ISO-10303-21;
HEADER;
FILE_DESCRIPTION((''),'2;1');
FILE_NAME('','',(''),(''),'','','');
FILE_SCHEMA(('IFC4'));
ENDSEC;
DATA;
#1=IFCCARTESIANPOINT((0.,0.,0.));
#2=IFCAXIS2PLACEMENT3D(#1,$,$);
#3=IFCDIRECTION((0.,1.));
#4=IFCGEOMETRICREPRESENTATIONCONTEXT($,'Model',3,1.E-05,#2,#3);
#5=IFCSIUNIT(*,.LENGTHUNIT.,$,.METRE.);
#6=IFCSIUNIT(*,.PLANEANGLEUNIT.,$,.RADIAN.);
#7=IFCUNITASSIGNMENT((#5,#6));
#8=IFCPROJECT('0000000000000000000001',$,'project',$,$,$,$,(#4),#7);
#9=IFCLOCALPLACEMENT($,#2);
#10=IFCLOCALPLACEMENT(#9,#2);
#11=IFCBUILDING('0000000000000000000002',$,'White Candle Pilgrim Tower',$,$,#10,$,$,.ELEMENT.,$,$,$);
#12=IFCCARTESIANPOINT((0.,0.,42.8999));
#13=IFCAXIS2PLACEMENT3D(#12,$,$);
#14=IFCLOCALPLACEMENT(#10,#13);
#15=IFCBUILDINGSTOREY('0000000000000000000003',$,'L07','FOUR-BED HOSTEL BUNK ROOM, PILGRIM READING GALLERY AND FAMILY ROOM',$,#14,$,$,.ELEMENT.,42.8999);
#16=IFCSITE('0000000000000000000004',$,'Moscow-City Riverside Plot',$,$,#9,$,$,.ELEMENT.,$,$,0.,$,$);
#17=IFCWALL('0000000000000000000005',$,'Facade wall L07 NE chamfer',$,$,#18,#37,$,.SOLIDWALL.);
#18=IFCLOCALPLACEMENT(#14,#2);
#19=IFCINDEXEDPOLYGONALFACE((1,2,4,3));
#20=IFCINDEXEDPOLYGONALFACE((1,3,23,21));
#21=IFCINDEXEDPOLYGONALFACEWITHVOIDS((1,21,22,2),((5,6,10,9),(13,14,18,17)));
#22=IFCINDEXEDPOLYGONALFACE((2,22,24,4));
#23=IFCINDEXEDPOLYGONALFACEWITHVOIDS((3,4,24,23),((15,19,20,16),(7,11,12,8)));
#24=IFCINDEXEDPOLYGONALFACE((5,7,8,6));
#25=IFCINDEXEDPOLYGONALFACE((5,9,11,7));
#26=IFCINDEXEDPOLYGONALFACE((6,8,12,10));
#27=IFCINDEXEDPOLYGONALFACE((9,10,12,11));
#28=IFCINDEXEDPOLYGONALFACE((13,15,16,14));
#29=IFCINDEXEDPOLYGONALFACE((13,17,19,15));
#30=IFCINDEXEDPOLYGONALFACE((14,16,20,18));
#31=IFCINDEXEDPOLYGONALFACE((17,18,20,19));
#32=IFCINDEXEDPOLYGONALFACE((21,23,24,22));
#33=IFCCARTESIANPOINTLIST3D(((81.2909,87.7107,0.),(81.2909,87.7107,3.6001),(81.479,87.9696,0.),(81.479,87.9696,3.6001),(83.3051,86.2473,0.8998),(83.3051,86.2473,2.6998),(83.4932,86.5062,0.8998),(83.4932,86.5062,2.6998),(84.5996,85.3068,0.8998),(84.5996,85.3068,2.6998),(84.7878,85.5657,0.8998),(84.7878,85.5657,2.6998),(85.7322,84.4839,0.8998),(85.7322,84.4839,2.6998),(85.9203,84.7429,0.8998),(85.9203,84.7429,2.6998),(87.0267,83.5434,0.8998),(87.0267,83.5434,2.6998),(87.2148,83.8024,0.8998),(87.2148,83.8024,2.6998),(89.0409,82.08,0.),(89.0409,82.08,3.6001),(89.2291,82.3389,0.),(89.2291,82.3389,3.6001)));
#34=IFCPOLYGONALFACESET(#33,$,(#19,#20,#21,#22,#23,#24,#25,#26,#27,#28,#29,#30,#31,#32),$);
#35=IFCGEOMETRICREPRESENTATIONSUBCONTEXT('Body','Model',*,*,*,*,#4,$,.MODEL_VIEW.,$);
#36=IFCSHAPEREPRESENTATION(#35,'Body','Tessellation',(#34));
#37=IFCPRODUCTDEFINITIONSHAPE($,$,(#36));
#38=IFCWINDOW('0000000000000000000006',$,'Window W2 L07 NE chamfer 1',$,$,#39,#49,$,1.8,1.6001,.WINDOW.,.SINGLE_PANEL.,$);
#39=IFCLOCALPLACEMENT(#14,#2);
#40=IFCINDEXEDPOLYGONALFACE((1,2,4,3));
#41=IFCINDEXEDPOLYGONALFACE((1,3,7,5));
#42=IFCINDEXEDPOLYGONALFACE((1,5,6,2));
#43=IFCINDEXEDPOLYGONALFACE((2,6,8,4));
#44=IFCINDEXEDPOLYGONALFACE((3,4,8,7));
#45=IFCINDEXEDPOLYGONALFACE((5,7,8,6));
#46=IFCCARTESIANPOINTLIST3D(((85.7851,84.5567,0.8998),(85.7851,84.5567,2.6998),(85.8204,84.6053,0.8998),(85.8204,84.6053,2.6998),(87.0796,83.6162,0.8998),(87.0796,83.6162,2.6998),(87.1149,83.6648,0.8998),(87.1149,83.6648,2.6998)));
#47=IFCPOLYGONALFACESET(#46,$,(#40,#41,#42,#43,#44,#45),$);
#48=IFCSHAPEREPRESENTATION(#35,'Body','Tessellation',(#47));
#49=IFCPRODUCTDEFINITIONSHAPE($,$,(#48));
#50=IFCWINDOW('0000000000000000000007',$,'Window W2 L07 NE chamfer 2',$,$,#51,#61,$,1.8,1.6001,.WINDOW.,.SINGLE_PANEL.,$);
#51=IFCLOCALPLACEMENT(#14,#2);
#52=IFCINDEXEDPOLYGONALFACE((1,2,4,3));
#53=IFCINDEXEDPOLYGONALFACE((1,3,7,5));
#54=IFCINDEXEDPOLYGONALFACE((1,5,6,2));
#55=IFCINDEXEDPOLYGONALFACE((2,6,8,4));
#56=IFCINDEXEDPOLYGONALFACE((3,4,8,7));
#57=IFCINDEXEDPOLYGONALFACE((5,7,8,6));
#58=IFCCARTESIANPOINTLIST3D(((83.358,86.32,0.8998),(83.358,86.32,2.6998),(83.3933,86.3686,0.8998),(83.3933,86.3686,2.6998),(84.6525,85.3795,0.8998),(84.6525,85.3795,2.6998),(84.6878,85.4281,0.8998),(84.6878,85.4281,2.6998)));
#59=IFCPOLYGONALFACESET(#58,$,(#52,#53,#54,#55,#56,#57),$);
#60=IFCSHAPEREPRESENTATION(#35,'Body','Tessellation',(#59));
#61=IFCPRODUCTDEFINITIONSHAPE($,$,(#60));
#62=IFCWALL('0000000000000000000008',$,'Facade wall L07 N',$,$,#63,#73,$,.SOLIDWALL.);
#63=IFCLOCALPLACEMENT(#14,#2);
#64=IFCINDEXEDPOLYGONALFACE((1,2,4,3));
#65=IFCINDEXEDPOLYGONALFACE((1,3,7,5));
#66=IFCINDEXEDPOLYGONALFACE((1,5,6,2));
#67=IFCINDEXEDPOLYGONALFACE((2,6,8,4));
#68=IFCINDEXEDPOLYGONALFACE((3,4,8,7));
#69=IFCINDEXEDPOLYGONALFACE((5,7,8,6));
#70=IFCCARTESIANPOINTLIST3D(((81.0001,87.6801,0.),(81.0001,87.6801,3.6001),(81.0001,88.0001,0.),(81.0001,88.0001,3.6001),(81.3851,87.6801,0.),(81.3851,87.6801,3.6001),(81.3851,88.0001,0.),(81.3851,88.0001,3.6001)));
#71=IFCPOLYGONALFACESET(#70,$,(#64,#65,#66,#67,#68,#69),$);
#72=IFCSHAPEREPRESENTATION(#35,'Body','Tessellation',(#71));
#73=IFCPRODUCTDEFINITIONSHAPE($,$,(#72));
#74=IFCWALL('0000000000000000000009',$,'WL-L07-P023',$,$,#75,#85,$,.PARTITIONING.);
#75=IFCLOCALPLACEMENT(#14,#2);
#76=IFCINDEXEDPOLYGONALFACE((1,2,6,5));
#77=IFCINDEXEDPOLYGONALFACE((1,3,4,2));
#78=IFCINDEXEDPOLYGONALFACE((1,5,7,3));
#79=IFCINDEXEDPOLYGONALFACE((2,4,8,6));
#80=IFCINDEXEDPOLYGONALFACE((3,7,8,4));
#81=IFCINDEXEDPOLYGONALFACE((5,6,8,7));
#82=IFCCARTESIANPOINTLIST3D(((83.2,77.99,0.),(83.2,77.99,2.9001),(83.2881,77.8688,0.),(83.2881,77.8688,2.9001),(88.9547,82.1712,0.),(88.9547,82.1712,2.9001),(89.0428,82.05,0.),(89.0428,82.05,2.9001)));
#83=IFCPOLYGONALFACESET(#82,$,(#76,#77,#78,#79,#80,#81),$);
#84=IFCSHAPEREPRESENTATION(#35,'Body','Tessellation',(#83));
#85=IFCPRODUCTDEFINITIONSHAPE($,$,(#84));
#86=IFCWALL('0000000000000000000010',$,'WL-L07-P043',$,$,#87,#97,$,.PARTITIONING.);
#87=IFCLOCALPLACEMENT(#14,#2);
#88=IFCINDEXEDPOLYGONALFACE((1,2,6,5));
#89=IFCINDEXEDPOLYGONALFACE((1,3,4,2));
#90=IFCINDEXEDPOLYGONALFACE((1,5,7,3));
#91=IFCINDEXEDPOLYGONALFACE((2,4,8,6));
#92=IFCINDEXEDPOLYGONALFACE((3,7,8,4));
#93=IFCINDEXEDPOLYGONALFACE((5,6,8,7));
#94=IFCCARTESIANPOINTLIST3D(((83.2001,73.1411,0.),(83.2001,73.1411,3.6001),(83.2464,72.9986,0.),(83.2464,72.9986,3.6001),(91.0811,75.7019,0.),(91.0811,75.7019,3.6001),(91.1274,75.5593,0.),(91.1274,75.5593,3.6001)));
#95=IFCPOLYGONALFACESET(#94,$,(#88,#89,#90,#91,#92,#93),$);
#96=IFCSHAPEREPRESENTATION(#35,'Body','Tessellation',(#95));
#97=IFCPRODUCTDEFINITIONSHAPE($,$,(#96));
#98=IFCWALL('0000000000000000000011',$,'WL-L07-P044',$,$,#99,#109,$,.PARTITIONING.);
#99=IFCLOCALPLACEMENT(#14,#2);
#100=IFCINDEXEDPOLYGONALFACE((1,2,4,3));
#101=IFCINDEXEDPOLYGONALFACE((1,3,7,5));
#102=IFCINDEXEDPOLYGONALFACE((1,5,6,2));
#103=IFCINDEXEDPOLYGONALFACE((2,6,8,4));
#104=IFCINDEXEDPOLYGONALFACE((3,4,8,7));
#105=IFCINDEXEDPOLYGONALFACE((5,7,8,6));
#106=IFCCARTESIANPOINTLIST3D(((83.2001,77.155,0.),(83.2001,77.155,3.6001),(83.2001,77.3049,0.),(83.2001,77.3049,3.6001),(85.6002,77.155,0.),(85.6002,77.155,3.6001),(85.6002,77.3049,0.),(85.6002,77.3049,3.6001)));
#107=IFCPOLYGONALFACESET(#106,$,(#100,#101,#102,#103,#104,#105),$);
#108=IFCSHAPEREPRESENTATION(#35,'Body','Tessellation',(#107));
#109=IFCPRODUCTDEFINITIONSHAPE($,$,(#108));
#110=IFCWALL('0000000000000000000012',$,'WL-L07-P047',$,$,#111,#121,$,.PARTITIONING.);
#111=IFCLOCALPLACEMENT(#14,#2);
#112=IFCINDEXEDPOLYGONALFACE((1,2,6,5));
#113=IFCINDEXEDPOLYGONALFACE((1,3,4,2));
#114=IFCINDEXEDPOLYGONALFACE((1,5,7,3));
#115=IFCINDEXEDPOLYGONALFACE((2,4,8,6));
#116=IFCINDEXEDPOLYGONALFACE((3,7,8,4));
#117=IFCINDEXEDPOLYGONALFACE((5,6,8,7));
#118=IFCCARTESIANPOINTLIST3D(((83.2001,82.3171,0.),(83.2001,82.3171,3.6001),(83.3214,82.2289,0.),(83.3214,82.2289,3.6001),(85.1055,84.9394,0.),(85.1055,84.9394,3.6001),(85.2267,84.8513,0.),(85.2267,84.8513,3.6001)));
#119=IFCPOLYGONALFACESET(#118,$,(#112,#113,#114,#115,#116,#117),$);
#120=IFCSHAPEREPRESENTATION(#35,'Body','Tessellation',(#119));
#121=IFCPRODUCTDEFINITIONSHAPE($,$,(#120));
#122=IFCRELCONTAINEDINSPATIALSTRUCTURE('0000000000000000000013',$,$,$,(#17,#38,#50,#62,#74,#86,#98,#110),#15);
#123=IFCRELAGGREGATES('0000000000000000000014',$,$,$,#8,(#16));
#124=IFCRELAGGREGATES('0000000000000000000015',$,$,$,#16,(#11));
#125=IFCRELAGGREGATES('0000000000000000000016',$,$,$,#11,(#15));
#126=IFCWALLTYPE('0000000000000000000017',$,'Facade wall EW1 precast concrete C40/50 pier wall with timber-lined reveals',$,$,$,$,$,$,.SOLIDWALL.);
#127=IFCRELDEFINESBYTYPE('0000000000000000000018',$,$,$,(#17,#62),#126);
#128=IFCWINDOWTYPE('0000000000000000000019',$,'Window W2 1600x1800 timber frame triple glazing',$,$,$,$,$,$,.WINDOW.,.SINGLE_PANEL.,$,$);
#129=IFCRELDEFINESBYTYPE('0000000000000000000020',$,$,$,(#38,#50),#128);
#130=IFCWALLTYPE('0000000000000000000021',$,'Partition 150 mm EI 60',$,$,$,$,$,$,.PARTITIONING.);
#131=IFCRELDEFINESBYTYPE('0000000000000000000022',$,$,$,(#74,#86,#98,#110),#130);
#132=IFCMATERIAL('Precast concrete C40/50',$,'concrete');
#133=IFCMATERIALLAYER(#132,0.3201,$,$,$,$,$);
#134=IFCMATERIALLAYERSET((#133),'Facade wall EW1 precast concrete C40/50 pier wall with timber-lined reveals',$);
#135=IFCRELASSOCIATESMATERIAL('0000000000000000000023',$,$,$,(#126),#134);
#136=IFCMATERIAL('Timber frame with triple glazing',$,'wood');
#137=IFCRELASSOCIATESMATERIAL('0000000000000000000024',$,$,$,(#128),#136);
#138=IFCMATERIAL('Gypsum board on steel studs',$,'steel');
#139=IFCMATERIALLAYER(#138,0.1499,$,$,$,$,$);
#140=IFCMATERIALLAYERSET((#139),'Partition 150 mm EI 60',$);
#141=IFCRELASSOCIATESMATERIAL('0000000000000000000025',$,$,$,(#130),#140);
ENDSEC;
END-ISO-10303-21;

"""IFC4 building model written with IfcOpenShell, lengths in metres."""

from ifc_helpers import new_model, si_unit, direction, frame, frame_2d, origin, place, context, subcontext, project, spatial, rectangle, extrude, material, layer, layer_set, type_object, element, fill, save


model = new_model("IFC4")

# Units and contexts
model_context = context("Model", 3, precision=1e-05, world=origin(), true_north=direction((0.0, 1.0)))
body_context = subcontext(model_context, "Body", "Model", "MODEL_VIEW")
ifc_project = project(units=[si_unit("LENGTHUNIT", "METRE"), si_unit("PLANEANGLEUNIT", "RADIAN")], contexts=[model_context])

# Site, building, storey
site_placement = place(None, origin())
site = spatial("IfcSite", under=ifc_project, at=site_placement, Name="Moscow-City Riverside Plot", CompositionType="ELEMENT", RefElevation=0.0)
building_placement = place(site_placement, origin())
building = spatial("IfcBuilding", under=site, at=building_placement, Name="White Candle Pilgrim Tower", CompositionType="ELEMENT")
storey_placement = place(building_placement, frame((0.0, 0.0, 42.8999)))
storey = spatial("IfcBuildingStorey", under=building, at=storey_placement, Name="L07", Description="FOUR-BED HOSTEL BUNK ROOM, PILGRIM READING GALLERY AND FAMILY ROOM", CompositionType="ELEMENT", Elevation=42.8999)

# Shared definitions
ifc_material_1 = material(Name="Gypsum board on steel studs", Category="steel")

# Wall, openings, windows
ifc_material_2 = material(Name="Precast concrete C40/50", Category="concrete")
ifc_layer_1 = layer(ifc_material_2, 0.3201)
ifc_layer_set_1 = layer_set([ifc_layer_1], Name="Facade wall EW1 precast concrete C40/50 pier wall with timber-lined reveals")
wall_type_1 = type_object("IfcWallType", Name="Facade wall EW1 precast concrete C40/50 pier wall with timber-lined reveals", PredefinedType="SOLIDWALL", material=ifc_layer_set_1)
wall_1_placement = place(storey_placement, frame((89.135, 82.2095, 0.0), z_axis=(0.0, 0.0, 1.0), x_axis=(-0.809021, 0.587779, 0.0)))
wall_1 = element("IfcWall", 1, at=wall_1_placement, inside=storey, type_object=wall_type_1, Name="Facade wall L07 NE chamfer", PredefinedType="SOLIDWALL", context=body_context, shape_type="SweptSolid", body=[
    extrude(rectangle(XDim=9.5796, YDim=0.3201, at=frame_2d((4.7898, 0.0))), origin(), (0.0, 0.0, 1.0), 3.6001),
])
opening_1_placement = place(wall_1_placement, frame((2.4897, 0.0, 0.8999)))
opening_1 = element("IfcOpeningElement", 2, at=opening_1_placement, cuts=wall_1, PredefinedType="OPENING", context=body_context, shape_type="SweptSolid", body=[
    extrude(rectangle(XDim=1.6001, YDim=1.8, at=frame_2d((0.8, 0.8999))), frame((0.0, 0.1699, 0.0), z_axis=(0.0, -1.0, 0.0), x_axis=(1.0, 0.0, 0.0)), (0.0, 0.0, 1.0), 0.3401),
])
opening_2_placement = place(wall_1_placement, frame((5.4897, 0.0, 0.8999)))
opening_2 = element("IfcOpeningElement", 3, at=opening_2_placement, cuts=wall_1, PredefinedType="OPENING", context=body_context, shape_type="SweptSolid", body=[
    extrude(rectangle(XDim=1.6001, YDim=1.8, at=frame_2d((0.8, 0.8999))), frame((0.0, 0.1699, 0.0), z_axis=(0.0, -1.0, 0.0), x_axis=(1.0, 0.0, 0.0)), (0.0, 0.0, 1.0), 0.3401),
])
ifc_material_3 = material(Name="Timber frame with triple glazing", Category="wood")
window_type = type_object("IfcWindowType", Name="Window W2 1600x1800 timber frame triple glazing", PartitioningType="SINGLE_PANEL", PredefinedType="WINDOW", material=ifc_material_3)
window_1_placement = place(opening_1_placement, origin())
window_1 = element("IfcWindow", 4, at=window_1_placement, inside=storey, type_object=window_type, Name="Window W2 L07 NE chamfer 1", OverallHeight=1.8, OverallWidth=1.6001, PartitioningType="SINGLE_PANEL", PredefinedType="WINDOW", context=body_context, shape_type="SweptSolid", body=[
    extrude(rectangle(XDim=1.6001, YDim=1.8, at=frame_2d((0.8, 0.8999))), frame((0.0, 0.0701, 0.0), z_axis=(0.0, -1.0, 0.0), x_axis=(1.0, 0.0, 0.0)), (0.0, 0.0, 1.0), 0.0601),
])
fill(opening_1, window_1)
window_2_placement = place(opening_2_placement, origin())
window_2 = element("IfcWindow", 5, at=window_2_placement, inside=storey, type_object=window_type, Name="Window W2 L07 NE chamfer 2", OverallHeight=1.8, OverallWidth=1.6001, PartitioningType="SINGLE_PANEL", PredefinedType="WINDOW", context=body_context, shape_type="SweptSolid", body=[
    extrude(rectangle(XDim=1.6001, YDim=1.8, at=frame_2d((0.8, 0.8999))), frame((0.0, 0.0701, 0.0), z_axis=(0.0, -1.0, 0.0), x_axis=(1.0, 0.0, 0.0)), (0.0, 0.0, 1.0), 0.0601),
])
fill(opening_2, window_2)

# Walls
wall_2_placement = place(storey_placement, frame((81.385, 87.8401, 0.0), z_axis=(0.0, 0.0, 1.0), x_axis=(-1.0, 0.0, 0.0)))
element("IfcWall", 6, at=wall_2_placement, inside=storey, type_object=wall_type_1, Name="Facade wall L07 N", PredefinedType="SOLIDWALL", context=body_context, shape_type="SweptSolid", body=[
    extrude(rectangle(XDim=0.385, YDim=0.3201, at=frame_2d((0.1924, 0.0))), origin(), (0.0, 0.0, 1.0), 3.6001),
])
ifc_layer_2 = layer(ifc_material_1, 0.1499)
ifc_layer_set_2 = layer_set([ifc_layer_2], Name="Partition 150 mm EI 60")
wall_type_2 = type_object("IfcWallType", Name="Partition 150 mm EI 60", PredefinedType="PARTITIONING", material=ifc_layer_set_2)
wall_3_placement = place(storey_placement, frame((88.9988, 82.1106, 0.0), z_axis=(0.0, 0.0, 1.0), x_axis=(-0.809006, -0.5878, 0.0)))
element("IfcWall", 7, at=wall_3_placement, inside=storey, type_object=wall_type_2, Name="WL-L07-P023", PredefinedType="PARTITIONING", context=body_context, shape_type="SweptSolid", body=[
    extrude(rectangle(XDim=7.1133, YDim=0.1499, at=frame_2d((3.5566, 0.0))), origin(), (0.0, 0.0, 1.0), 2.9001),
])
wall_4_placement = place(storey_placement, frame((91.1042, 75.6306, 0.0), z_axis=(0.0, 0.0, 1.0), x_axis=(-0.951054, -0.309024, 0.0)))
element("IfcWall", 8, at=wall_4_placement, inside=storey, type_object=wall_type_2, Name="WL-L07-P043", PredefinedType="PARTITIONING", context=body_context, shape_type="SweptSolid", body=[
    extrude(rectangle(XDim=8.2866, YDim=0.1499, at=frame_2d((4.1433, 0.0))), origin(), (0.0, 0.0, 1.0), 3.6001),
])
wall_5_placement = place(storey_placement, frame((83.2, 77.23, 0.0), z_axis=(0.0, 0.0, 1.0), x_axis=(1.0, 0.0, 0.0)))
element("IfcWall", 9, at=wall_5_placement, inside=storey, type_object=wall_type_2, Name="WL-L07-P044", PredefinedType="PARTITIONING", context=body_context, shape_type="SweptSolid", body=[
    extrude(rectangle(XDim=2.4001, YDim=0.1499, at=frame_2d((1.2002, 0.0))), origin(), (0.0, 0.0, 1.0), 3.6001),
])
wall_6_placement = place(storey_placement, frame((85.166, 84.8953, 0.0), z_axis=(0.0, 0.0, 1.0), x_axis=(-0.587795, -0.80901, 0.0)))
element("IfcWall", 10, at=wall_6_placement, inside=storey, type_object=wall_type_2, Name="WL-L07-P047", PredefinedType="PARTITIONING", context=body_context, shape_type="SweptSolid", body=[
    extrude(rectangle(XDim=3.2415, YDim=0.1499, at=frame_2d((1.6206, 0.0))), origin(), (0.0, 0.0, 1.0), 3.6001),
])

save(model, "model.ifc")
